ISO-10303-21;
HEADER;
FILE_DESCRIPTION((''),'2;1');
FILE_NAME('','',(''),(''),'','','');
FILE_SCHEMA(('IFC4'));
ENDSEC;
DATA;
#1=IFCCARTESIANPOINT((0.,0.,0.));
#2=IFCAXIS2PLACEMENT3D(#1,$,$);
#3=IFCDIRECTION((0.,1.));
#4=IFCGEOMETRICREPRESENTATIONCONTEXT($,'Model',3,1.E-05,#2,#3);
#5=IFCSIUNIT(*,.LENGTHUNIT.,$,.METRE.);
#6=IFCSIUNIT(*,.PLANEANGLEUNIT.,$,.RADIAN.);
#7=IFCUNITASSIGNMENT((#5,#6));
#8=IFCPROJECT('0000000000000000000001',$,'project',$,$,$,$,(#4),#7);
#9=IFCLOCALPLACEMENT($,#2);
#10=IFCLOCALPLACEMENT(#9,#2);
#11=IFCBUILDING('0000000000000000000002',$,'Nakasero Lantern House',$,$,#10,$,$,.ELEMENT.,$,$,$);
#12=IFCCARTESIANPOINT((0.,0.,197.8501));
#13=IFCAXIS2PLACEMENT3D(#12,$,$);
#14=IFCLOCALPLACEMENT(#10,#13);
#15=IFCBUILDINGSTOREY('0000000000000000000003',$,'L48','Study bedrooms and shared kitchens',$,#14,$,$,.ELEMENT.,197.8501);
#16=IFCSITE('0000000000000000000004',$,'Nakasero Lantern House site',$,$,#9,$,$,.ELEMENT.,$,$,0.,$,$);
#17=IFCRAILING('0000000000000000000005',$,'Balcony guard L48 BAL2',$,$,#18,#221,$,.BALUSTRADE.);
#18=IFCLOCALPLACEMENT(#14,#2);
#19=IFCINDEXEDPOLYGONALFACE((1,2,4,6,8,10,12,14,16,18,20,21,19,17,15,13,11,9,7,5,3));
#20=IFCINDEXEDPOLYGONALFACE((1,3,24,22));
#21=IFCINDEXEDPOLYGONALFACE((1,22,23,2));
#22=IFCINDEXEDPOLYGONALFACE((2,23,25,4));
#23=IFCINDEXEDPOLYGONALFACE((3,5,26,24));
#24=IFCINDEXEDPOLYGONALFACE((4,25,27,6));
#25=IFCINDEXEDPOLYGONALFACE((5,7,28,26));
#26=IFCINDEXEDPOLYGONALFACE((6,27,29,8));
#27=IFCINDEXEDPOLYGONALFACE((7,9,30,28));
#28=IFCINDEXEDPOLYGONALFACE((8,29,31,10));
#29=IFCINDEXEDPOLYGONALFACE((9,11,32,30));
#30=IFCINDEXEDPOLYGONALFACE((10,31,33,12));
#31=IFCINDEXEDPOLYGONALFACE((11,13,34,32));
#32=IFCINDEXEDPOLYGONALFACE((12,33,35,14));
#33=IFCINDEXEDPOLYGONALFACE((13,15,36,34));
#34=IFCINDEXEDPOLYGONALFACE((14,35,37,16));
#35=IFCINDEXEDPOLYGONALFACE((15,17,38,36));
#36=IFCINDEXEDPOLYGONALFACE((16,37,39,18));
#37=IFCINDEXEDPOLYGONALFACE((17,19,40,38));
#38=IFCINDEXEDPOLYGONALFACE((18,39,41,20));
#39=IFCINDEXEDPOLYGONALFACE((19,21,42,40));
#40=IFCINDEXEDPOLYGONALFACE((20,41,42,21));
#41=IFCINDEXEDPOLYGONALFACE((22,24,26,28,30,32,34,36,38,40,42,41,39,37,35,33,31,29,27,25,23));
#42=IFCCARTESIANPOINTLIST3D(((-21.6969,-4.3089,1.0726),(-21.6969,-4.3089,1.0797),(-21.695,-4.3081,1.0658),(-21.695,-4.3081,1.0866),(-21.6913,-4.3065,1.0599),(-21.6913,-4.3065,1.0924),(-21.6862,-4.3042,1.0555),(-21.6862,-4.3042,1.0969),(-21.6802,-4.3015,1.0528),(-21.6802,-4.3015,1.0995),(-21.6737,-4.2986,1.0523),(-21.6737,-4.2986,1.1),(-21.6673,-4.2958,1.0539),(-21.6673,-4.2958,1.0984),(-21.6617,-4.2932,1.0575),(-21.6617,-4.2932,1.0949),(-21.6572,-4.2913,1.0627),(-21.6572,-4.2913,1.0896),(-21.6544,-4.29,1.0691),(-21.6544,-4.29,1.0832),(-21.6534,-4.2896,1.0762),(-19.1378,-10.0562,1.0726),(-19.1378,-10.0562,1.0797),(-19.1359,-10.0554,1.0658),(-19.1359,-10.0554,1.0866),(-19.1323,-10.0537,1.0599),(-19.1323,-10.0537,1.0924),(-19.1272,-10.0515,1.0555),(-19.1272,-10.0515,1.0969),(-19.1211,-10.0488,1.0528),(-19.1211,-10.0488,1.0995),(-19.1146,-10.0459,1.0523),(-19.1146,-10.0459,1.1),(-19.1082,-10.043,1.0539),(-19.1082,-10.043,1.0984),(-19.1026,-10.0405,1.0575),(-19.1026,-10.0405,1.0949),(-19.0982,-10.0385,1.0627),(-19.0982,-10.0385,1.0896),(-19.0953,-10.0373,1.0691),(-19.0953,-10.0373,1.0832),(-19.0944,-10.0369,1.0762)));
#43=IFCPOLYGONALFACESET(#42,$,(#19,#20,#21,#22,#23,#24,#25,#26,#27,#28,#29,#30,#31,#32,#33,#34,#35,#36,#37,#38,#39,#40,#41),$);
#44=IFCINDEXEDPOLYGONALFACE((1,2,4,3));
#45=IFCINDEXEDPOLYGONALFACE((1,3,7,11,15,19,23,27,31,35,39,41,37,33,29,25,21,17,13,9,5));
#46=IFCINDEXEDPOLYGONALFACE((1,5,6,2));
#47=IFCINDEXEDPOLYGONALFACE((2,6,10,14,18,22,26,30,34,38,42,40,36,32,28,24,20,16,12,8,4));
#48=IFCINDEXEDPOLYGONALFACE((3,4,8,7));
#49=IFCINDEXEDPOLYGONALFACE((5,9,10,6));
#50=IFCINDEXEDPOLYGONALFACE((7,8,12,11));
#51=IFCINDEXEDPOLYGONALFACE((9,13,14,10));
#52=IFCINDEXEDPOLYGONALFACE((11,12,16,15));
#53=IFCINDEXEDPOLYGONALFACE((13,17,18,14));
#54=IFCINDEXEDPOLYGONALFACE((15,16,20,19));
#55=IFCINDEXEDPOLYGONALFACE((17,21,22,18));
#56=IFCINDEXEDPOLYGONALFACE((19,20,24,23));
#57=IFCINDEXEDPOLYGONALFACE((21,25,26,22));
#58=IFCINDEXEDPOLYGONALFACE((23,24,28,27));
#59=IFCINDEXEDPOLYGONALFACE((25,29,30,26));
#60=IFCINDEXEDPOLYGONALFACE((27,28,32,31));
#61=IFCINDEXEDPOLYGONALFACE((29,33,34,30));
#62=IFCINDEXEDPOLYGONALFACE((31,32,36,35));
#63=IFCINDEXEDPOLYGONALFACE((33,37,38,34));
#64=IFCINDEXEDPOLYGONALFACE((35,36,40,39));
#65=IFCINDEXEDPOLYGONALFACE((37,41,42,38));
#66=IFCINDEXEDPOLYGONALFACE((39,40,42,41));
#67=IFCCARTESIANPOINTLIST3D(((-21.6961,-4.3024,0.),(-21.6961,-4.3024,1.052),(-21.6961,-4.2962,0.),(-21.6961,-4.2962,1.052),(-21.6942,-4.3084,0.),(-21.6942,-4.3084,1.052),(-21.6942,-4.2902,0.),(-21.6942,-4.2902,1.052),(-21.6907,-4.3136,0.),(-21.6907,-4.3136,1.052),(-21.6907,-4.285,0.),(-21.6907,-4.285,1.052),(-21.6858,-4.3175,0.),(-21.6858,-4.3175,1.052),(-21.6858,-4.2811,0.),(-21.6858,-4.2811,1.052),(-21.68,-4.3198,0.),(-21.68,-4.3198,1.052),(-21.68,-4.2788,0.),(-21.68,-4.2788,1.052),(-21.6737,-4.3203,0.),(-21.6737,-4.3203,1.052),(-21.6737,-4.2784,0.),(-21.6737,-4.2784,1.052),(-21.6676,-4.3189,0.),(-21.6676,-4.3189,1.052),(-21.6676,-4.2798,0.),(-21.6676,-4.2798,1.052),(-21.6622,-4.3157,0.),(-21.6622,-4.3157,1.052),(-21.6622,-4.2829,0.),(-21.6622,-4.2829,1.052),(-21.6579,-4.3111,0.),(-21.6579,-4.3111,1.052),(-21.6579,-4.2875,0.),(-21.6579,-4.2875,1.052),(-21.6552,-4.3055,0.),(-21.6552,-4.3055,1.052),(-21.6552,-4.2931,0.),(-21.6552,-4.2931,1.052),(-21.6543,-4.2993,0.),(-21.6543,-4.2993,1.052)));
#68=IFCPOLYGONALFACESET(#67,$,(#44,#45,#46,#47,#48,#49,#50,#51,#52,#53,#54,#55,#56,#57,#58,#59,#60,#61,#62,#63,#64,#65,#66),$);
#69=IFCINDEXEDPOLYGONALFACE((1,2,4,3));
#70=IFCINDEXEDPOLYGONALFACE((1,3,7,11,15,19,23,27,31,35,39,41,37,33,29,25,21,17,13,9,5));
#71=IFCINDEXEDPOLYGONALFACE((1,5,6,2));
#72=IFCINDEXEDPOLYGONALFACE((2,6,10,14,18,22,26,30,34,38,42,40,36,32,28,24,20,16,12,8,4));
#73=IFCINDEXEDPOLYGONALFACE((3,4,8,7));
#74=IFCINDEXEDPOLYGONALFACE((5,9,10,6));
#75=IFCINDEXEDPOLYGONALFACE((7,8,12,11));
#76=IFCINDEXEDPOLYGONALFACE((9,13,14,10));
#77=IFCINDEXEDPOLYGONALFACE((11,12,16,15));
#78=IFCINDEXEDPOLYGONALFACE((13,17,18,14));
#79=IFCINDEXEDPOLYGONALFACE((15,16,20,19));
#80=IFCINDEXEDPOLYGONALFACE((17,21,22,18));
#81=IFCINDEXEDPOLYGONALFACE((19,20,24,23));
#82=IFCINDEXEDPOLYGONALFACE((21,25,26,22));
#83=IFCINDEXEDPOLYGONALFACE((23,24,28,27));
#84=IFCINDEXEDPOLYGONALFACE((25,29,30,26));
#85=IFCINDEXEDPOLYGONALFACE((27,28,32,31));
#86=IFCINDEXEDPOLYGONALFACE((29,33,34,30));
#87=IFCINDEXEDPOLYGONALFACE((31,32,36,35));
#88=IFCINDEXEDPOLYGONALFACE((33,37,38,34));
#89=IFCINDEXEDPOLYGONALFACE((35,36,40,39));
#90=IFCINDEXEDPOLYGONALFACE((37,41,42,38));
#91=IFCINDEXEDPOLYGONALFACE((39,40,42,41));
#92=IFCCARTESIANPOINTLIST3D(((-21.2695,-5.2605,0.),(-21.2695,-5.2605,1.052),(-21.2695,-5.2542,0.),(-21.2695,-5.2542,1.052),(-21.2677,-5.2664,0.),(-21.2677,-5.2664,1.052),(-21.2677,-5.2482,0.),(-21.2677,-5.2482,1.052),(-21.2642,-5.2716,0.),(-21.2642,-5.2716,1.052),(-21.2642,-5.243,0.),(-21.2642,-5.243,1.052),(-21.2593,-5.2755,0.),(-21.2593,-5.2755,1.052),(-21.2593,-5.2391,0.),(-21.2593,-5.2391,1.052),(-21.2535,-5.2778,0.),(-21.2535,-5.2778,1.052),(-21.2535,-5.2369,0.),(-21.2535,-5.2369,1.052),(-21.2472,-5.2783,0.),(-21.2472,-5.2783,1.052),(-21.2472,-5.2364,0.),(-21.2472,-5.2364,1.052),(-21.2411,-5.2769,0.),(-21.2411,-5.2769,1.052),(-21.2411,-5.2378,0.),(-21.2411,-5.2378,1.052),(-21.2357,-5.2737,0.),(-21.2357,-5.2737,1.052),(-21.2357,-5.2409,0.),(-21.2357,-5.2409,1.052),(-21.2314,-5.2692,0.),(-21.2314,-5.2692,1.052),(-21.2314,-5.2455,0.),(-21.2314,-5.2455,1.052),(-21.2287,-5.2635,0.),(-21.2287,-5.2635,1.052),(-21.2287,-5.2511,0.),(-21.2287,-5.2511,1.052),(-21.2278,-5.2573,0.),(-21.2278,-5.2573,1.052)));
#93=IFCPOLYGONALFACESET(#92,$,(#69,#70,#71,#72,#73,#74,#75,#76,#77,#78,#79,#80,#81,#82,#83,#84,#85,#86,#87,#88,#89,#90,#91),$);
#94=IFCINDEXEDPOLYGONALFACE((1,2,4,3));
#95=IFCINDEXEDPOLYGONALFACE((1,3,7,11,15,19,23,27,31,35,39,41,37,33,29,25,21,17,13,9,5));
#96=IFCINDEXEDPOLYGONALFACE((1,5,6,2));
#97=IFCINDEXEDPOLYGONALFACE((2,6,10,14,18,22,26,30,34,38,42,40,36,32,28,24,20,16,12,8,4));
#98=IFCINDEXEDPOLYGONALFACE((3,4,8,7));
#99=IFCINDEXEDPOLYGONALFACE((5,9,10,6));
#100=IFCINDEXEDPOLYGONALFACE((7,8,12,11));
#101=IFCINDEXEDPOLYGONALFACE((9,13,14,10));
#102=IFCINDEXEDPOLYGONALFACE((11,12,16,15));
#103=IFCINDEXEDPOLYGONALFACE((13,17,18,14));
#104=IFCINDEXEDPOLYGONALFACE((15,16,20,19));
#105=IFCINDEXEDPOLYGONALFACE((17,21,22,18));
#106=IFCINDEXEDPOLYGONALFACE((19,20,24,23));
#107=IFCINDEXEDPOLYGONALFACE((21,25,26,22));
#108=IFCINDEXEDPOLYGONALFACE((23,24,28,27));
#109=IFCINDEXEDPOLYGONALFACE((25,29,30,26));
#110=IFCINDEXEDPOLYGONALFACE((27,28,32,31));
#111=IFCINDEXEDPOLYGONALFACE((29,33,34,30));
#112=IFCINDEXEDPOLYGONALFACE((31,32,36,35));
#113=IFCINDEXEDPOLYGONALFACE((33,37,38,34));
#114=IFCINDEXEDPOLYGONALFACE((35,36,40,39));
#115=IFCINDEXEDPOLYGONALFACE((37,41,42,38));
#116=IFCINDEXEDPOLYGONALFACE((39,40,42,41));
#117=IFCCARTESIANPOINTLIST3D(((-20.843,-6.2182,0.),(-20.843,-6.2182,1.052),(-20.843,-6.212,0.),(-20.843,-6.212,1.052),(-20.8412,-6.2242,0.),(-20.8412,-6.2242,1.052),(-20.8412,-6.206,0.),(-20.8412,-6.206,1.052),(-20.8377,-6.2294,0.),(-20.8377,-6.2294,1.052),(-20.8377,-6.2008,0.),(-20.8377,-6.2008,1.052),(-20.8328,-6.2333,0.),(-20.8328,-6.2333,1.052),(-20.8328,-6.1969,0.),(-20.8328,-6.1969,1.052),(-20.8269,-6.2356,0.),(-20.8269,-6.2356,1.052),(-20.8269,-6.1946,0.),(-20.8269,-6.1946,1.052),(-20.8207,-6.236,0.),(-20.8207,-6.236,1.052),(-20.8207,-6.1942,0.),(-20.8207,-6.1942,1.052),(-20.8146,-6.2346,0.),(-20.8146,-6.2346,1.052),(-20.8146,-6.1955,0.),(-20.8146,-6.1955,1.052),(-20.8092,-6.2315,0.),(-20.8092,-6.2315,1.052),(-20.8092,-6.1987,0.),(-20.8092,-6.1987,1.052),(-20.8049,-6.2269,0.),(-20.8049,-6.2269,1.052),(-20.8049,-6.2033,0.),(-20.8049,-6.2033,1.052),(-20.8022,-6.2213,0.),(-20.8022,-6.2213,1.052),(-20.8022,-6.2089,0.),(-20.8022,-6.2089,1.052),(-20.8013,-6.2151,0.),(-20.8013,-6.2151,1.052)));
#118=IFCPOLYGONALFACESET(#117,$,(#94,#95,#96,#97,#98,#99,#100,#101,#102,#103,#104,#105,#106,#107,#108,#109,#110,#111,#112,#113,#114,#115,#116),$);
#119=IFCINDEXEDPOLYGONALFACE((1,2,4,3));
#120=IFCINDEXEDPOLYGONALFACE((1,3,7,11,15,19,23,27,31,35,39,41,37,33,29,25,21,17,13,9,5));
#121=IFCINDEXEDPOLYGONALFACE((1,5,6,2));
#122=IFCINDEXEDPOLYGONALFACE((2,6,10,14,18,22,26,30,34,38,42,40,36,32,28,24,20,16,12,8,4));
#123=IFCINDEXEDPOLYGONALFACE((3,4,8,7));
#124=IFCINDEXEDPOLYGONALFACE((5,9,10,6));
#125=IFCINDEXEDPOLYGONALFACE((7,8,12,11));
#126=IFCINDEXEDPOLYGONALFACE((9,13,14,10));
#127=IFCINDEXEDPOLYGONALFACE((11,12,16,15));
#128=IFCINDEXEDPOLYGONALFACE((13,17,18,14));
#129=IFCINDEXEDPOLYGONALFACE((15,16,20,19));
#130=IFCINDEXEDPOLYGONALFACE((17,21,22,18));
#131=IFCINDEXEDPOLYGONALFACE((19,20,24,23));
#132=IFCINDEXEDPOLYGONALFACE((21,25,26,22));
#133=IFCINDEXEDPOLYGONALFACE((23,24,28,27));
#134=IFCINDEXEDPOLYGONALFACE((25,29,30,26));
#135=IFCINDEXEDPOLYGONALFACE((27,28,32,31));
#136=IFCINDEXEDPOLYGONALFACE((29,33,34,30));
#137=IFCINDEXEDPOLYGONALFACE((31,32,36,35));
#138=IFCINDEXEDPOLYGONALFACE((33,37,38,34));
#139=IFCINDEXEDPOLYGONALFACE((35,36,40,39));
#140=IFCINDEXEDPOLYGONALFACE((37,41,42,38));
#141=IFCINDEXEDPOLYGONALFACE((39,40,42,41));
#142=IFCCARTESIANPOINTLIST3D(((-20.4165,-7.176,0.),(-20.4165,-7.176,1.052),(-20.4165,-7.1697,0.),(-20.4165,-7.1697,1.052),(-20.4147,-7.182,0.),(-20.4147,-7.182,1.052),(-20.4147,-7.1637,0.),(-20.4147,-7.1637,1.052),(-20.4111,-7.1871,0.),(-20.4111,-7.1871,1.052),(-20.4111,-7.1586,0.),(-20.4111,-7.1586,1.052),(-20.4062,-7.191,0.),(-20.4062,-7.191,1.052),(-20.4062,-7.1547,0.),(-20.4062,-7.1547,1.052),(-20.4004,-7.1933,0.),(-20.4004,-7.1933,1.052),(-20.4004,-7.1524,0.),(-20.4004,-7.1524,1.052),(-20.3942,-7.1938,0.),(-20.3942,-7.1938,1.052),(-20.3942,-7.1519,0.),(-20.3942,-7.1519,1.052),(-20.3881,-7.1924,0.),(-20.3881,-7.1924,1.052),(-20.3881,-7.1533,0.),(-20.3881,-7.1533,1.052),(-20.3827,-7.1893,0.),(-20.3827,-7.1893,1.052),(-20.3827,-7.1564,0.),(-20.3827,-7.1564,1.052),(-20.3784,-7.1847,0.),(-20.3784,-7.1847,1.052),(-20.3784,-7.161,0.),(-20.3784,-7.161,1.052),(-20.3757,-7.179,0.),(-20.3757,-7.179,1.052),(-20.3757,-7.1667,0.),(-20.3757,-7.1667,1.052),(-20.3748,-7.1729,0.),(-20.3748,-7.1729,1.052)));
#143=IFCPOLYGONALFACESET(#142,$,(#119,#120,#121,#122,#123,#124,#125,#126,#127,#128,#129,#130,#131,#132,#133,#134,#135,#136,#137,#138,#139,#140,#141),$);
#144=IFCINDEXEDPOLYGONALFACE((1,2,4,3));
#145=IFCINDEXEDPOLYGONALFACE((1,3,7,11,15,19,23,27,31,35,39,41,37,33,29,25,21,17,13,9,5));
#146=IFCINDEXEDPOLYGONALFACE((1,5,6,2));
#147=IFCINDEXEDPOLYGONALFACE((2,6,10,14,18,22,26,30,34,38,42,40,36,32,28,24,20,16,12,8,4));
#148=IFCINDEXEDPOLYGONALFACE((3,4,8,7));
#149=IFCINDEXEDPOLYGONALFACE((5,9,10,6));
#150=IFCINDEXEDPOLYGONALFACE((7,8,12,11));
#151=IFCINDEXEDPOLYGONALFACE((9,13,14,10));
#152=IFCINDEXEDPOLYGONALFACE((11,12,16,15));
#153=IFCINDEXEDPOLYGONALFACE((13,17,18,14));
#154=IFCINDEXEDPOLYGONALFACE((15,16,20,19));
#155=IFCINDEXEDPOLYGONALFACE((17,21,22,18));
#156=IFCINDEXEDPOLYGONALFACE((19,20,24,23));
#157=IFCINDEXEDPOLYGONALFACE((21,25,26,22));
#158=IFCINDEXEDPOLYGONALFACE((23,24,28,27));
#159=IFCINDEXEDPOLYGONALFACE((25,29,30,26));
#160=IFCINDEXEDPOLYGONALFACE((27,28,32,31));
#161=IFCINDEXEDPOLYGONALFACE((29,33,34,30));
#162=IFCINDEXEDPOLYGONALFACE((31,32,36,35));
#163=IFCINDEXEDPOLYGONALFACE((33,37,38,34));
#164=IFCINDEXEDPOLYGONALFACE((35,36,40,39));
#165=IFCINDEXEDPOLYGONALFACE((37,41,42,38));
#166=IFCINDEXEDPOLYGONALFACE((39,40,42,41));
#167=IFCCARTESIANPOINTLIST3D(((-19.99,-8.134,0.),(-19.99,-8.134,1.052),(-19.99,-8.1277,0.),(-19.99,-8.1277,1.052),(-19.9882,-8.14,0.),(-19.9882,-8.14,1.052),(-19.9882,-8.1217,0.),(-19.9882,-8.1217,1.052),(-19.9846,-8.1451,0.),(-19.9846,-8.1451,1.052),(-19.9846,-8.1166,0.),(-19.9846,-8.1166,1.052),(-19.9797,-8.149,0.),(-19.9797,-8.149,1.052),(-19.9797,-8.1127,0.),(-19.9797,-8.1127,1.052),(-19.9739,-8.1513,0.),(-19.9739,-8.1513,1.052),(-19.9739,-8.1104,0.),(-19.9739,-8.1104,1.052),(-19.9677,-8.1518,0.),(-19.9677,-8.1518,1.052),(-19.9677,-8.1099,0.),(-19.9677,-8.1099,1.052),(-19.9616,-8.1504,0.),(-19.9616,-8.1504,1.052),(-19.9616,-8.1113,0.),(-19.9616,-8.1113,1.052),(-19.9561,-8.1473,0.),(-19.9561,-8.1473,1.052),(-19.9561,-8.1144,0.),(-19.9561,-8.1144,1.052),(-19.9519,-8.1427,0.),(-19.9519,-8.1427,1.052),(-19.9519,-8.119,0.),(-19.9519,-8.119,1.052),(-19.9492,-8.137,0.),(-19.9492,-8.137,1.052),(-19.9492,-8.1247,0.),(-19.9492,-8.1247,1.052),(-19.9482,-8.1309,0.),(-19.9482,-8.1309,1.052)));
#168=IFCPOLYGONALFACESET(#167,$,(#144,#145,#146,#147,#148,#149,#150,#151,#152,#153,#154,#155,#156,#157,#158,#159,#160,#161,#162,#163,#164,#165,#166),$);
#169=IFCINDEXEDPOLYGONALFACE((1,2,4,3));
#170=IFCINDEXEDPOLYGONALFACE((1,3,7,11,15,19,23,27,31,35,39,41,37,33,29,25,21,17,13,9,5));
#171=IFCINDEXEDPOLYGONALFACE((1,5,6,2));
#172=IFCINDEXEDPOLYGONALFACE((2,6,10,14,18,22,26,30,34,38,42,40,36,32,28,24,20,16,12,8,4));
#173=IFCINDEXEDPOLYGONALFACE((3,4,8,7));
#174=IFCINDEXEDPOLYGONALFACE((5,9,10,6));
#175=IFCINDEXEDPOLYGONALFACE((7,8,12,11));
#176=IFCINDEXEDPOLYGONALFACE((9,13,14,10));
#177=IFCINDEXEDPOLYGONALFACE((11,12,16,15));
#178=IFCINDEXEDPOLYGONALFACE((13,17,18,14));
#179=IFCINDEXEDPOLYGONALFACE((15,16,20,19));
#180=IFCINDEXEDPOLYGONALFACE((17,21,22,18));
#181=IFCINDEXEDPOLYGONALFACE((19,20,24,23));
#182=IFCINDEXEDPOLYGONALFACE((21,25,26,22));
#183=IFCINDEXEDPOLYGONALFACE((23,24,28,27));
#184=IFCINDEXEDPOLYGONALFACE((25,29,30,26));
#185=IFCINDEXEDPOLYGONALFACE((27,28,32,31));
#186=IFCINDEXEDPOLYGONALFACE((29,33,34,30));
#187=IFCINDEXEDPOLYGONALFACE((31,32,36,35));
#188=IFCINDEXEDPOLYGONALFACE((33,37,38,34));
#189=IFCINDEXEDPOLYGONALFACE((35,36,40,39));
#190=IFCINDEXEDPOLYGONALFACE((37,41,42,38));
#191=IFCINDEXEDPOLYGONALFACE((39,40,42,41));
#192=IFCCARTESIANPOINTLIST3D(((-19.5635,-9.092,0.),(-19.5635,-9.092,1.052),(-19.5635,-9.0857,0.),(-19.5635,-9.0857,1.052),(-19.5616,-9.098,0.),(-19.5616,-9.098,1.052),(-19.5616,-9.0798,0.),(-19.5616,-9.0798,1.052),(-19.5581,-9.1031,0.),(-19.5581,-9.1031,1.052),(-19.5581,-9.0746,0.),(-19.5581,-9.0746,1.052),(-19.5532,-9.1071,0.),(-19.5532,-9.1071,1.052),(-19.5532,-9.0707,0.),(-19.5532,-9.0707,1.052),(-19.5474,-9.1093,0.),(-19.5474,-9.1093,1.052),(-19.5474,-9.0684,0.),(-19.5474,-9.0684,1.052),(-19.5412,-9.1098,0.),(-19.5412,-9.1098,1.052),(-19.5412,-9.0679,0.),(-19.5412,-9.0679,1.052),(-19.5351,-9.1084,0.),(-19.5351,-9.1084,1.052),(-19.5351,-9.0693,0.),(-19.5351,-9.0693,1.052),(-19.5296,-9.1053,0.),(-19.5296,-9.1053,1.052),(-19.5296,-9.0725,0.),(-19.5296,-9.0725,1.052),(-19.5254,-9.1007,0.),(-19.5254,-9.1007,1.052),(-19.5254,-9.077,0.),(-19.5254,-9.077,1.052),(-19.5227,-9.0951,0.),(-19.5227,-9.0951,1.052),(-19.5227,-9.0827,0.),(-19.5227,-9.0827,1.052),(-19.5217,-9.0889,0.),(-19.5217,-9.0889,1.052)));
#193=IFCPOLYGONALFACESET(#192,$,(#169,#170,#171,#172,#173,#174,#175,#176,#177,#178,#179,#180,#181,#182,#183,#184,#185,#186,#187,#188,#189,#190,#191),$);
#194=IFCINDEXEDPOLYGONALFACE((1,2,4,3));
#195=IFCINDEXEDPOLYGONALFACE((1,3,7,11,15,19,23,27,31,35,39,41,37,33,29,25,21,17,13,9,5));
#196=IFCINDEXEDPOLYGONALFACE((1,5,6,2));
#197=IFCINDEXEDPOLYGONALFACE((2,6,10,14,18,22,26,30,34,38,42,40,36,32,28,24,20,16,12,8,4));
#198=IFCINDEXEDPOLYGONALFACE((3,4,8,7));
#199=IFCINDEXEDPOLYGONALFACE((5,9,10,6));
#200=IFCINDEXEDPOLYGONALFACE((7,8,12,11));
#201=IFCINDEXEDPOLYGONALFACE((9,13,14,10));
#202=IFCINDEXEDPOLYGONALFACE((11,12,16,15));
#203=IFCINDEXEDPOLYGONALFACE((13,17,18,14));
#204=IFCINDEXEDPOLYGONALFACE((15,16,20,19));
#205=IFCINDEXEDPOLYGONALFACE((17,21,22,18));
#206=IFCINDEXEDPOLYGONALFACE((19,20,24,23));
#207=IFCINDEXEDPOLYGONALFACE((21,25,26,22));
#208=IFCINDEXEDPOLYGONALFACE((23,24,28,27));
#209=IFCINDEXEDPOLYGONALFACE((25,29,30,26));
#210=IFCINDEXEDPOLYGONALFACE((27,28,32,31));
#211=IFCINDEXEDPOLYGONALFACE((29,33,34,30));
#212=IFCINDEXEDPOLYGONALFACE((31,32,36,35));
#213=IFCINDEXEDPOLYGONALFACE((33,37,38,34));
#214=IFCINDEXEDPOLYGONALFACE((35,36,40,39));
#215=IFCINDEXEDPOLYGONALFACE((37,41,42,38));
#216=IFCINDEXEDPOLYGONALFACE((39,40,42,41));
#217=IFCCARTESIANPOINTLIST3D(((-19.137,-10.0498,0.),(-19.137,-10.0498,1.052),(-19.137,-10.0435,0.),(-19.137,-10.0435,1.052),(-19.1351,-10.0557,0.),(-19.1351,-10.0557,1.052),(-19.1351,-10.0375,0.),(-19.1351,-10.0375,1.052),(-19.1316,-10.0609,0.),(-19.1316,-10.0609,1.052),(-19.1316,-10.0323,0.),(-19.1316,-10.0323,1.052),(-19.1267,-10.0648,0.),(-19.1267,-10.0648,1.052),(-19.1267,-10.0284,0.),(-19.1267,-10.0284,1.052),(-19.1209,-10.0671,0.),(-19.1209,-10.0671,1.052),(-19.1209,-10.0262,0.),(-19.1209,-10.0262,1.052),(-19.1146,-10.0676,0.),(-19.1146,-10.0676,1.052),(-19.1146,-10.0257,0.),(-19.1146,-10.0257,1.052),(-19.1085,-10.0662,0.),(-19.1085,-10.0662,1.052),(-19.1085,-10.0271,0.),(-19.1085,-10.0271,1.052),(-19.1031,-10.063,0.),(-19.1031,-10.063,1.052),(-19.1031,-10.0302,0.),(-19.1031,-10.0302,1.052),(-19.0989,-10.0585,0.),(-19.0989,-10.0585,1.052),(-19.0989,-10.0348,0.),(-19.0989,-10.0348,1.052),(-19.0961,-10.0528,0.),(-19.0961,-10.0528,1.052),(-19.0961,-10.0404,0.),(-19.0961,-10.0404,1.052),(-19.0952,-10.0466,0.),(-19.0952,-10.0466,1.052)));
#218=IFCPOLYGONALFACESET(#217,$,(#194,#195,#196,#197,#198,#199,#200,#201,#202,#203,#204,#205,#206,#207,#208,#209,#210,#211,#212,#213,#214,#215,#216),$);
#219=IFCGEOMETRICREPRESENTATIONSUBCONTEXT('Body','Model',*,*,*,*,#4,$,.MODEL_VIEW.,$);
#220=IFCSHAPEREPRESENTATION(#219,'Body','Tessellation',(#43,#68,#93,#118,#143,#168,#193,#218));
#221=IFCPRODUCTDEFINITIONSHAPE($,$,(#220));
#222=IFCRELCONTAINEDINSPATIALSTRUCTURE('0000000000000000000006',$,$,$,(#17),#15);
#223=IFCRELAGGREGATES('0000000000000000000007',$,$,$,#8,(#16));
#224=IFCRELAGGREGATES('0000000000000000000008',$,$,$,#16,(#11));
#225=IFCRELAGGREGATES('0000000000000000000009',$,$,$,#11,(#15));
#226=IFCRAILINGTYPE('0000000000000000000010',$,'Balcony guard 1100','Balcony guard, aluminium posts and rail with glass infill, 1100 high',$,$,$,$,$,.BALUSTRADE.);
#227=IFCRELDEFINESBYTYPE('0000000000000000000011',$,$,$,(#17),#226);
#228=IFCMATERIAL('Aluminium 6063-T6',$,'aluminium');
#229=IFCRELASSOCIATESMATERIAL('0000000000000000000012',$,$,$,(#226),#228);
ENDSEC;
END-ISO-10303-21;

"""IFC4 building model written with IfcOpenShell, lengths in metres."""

from ifc_helpers import new_model, si_unit, direction, frame, origin, origin_2d, place, context, subcontext, project, spatial, circle, extrude, material, type_object, element, save


model = new_model("IFC4")

# Units and contexts
model_context = context("Model", 3, precision=1e-05, world=origin(), true_north=direction((0.0, 1.0)))
body_context = subcontext(model_context, "Body", "Model", "MODEL_VIEW")
ifc_project = project(units=[si_unit("LENGTHUNIT", "METRE"), si_unit("PLANEANGLEUNIT", "RADIAN")], contexts=[model_context])

# Site, building, storey
site_placement = place(None, origin())
site = spatial("IfcSite", under=ifc_project, at=site_placement, Name="Nakasero Lantern House site", CompositionType="ELEMENT", RefElevation=0.0)
building_placement = place(site_placement, origin())
building = spatial("IfcBuilding", under=site, at=building_placement, Name="Nakasero Lantern House", CompositionType="ELEMENT")
storey_placement = place(building_placement, frame((0.0, 0.0, 197.8501)))
storey = spatial("IfcBuildingStorey", under=building, at=storey_placement, Name="L48", Description="Study bedrooms and shared kitchens", CompositionType="ELEMENT", Elevation=197.8501)

# Railing
ifc_material_1 = material(Name="Aluminium 6063-T6", Category="aluminium")
railing_type = type_object("IfcRailingType", Name="Balcony guard 1100", Description="Balcony guard, aluminium posts and rail with glass infill, 1100 high", PredefinedType="BALUSTRADE", material=ifc_material_1)
railing_placement = place(storey_placement, frame((-21.6753, -4.2993, 0.0)))
element("IfcRailing", 1, at=railing_placement, inside=storey, type_object=railing_type, Name="Balcony guard L48 BAL2", PredefinedType="BALUSTRADE", context=body_context, shape_type="SweptSolid", body=[
    extrude(circle(Radius=0.0239, at=origin_2d()), frame((0.0, 0.0, 1.0762), z_axis=(0.406765, -0.913533, 0.0), x_axis=(0.913533, 0.406765, 0.0)), (0.0, 0.0, 1.0), 6.2913),
    extrude(circle(Radius=0.021, at=origin_2d()), origin(), (0.0, 0.0, 1.0), 1.052),
    extrude(circle(Radius=0.021, at=origin_2d()), frame((0.4265, -0.958, 0.0)), (0.0, 0.0, 1.0), 1.052),
    extrude(circle(Radius=0.021, at=origin_2d()), frame((0.853, -1.9158, 0.0)), (0.0, 0.0, 1.0), 1.052),
    extrude(circle(Radius=0.021, at=origin_2d()), frame((1.2795, -2.8735, 0.0)), (0.0, 0.0, 1.0), 1.052),
    extrude(circle(Radius=0.021, at=origin_2d()), frame((1.7061, -3.8315, 0.0)), (0.0, 0.0, 1.0), 1.052),
    extrude(circle(Radius=0.021, at=origin_2d()), frame((2.1326, -4.7896, 0.0)), (0.0, 0.0, 1.0), 1.052),
    extrude(circle(Radius=0.021, at=origin_2d()), frame((2.5591, -5.7473, 0.0)), (0.0, 0.0, 1.0), 1.052),
])

save(model, "model.ifc")
